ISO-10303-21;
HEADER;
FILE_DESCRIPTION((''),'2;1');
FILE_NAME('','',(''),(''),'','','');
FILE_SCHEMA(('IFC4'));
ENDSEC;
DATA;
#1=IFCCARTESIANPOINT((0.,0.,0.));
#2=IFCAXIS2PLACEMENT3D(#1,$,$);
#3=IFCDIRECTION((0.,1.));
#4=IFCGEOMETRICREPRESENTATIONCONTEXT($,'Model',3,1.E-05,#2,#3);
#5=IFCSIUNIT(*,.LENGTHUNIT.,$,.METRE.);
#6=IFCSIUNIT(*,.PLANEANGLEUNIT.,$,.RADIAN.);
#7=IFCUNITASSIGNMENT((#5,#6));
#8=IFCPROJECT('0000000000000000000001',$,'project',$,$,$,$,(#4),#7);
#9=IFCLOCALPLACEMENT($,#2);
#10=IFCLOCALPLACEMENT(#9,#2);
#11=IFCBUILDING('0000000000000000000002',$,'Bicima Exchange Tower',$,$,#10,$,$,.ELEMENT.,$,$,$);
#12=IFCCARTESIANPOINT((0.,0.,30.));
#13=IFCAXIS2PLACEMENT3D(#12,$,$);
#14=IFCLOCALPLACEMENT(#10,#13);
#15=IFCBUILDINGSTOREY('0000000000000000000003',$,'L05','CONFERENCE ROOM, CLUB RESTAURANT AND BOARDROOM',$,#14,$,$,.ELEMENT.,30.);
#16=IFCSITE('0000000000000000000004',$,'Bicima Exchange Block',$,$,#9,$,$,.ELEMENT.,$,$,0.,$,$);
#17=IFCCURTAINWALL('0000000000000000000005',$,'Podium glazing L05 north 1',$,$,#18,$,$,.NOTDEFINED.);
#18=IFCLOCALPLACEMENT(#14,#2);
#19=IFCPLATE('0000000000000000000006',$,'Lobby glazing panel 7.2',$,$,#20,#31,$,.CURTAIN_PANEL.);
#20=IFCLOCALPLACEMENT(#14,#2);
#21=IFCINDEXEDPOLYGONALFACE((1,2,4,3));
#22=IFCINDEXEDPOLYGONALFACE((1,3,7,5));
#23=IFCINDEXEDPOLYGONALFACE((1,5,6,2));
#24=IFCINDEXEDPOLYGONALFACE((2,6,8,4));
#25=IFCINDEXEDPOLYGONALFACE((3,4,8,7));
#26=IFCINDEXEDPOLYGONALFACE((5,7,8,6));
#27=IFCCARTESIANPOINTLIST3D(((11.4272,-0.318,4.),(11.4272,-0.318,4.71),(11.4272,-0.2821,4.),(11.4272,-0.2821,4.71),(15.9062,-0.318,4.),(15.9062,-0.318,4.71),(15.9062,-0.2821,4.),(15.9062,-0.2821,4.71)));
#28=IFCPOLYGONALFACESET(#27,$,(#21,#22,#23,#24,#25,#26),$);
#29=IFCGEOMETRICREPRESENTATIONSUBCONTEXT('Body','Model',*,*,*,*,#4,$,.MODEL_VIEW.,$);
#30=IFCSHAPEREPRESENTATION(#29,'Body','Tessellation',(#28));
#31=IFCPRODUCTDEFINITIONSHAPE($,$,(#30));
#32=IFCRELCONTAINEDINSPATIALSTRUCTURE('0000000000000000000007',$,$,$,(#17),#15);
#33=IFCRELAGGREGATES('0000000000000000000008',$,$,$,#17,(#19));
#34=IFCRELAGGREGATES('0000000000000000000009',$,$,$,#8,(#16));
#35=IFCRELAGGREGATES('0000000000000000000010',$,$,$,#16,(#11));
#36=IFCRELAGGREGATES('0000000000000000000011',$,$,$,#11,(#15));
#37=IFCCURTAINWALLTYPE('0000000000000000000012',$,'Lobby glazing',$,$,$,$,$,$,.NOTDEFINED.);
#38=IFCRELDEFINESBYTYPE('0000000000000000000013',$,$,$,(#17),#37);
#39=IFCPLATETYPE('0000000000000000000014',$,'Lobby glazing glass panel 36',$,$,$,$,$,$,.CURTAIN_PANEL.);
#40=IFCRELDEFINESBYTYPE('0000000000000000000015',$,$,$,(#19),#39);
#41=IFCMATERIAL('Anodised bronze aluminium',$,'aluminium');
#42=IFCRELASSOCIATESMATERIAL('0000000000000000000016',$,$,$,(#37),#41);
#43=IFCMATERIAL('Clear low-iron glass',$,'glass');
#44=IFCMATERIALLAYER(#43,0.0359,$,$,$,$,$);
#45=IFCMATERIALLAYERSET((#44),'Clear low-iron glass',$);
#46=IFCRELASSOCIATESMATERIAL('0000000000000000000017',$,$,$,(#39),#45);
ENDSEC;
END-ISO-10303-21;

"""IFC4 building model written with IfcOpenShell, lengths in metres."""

from ifc_helpers import new_model, si_unit, direction, frame, origin, origin_2d, place, context, subcontext, project, spatial, rectangle, extrude, material, layer, layer_set, type_object, element, aggregate, save


model = new_model("IFC4")

# Units and contexts
model_context = context("Model", 3, precision=1e-05, world=origin(), true_north=direction((0.0, 1.0)))
body_context = subcontext(model_context, "Body", "Model", "MODEL_VIEW")
ifc_project = project(units=[si_unit("LENGTHUNIT", "METRE"), si_unit("PLANEANGLEUNIT", "RADIAN")], contexts=[model_context])

# Site, building, storey
site_placement = place(None, origin())
site = spatial("IfcSite", under=ifc_project, at=site_placement, Name="Bicima Exchange Block", CompositionType="ELEMENT", RefElevation=0.0)
building_placement = place(site_placement, origin())
building = spatial("IfcBuilding", under=site, at=building_placement, Name="Bicima Exchange Tower", CompositionType="ELEMENT")
storey_placement = place(building_placement, frame((0.0, 0.0, 30.0)))
storey = spatial("IfcBuildingStorey", under=building, at=storey_placement, Name="L05", Description="CONFERENCE ROOM, CLUB RESTAURANT AND BOARDROOM", CompositionType="ELEMENT", Elevation=30.0)

# Curtain wall, plate
ifc_material_1 = material(Name="Anodised bronze aluminium", Category="aluminium")
curtain_wall_type = type_object("IfcCurtainWallType", Name="Lobby glazing", PredefinedType="NOTDEFINED", material=ifc_material_1)
curtain_wall_placement = place(storey_placement, origin())
curtain_wall = element("IfcCurtainWall", 1, at=curtain_wall_placement, inside=storey, type_object=curtain_wall_type, Name="Podium glazing L05 north 1", PredefinedType="NOTDEFINED")
ifc_material_2 = material(Name="Clear low-iron glass", Category="glass")
ifc_layer = layer(ifc_material_2, 0.0359)
ifc_layer_set = layer_set([ifc_layer], Name="Clear low-iron glass")
plate_type = type_object("IfcPlateType", Name="Lobby glazing glass panel 36", PredefinedType="CURTAIN_PANEL", material=ifc_layer_set)
plate_1_placement = place(storey_placement, frame((13.6667, -0.3, 4.0), z_axis=(0.0, 0.0, 1.0), x_axis=(-1.0, 0.0, 0.0)))
plate_1 = element("IfcPlate", 2, at=plate_1_placement, type_object=plate_type, Name="Lobby glazing panel 7.2", PredefinedType="CURTAIN_PANEL", context=body_context, shape_type="SweptSolid", body=[
    extrude(rectangle(XDim=4.479, YDim=0.0359, at=origin_2d()), origin(), (0.0, 0.0, 1.0), 0.71),
])
aggregate(curtain_wall, [plate_1])

save(model, "model.ifc")
